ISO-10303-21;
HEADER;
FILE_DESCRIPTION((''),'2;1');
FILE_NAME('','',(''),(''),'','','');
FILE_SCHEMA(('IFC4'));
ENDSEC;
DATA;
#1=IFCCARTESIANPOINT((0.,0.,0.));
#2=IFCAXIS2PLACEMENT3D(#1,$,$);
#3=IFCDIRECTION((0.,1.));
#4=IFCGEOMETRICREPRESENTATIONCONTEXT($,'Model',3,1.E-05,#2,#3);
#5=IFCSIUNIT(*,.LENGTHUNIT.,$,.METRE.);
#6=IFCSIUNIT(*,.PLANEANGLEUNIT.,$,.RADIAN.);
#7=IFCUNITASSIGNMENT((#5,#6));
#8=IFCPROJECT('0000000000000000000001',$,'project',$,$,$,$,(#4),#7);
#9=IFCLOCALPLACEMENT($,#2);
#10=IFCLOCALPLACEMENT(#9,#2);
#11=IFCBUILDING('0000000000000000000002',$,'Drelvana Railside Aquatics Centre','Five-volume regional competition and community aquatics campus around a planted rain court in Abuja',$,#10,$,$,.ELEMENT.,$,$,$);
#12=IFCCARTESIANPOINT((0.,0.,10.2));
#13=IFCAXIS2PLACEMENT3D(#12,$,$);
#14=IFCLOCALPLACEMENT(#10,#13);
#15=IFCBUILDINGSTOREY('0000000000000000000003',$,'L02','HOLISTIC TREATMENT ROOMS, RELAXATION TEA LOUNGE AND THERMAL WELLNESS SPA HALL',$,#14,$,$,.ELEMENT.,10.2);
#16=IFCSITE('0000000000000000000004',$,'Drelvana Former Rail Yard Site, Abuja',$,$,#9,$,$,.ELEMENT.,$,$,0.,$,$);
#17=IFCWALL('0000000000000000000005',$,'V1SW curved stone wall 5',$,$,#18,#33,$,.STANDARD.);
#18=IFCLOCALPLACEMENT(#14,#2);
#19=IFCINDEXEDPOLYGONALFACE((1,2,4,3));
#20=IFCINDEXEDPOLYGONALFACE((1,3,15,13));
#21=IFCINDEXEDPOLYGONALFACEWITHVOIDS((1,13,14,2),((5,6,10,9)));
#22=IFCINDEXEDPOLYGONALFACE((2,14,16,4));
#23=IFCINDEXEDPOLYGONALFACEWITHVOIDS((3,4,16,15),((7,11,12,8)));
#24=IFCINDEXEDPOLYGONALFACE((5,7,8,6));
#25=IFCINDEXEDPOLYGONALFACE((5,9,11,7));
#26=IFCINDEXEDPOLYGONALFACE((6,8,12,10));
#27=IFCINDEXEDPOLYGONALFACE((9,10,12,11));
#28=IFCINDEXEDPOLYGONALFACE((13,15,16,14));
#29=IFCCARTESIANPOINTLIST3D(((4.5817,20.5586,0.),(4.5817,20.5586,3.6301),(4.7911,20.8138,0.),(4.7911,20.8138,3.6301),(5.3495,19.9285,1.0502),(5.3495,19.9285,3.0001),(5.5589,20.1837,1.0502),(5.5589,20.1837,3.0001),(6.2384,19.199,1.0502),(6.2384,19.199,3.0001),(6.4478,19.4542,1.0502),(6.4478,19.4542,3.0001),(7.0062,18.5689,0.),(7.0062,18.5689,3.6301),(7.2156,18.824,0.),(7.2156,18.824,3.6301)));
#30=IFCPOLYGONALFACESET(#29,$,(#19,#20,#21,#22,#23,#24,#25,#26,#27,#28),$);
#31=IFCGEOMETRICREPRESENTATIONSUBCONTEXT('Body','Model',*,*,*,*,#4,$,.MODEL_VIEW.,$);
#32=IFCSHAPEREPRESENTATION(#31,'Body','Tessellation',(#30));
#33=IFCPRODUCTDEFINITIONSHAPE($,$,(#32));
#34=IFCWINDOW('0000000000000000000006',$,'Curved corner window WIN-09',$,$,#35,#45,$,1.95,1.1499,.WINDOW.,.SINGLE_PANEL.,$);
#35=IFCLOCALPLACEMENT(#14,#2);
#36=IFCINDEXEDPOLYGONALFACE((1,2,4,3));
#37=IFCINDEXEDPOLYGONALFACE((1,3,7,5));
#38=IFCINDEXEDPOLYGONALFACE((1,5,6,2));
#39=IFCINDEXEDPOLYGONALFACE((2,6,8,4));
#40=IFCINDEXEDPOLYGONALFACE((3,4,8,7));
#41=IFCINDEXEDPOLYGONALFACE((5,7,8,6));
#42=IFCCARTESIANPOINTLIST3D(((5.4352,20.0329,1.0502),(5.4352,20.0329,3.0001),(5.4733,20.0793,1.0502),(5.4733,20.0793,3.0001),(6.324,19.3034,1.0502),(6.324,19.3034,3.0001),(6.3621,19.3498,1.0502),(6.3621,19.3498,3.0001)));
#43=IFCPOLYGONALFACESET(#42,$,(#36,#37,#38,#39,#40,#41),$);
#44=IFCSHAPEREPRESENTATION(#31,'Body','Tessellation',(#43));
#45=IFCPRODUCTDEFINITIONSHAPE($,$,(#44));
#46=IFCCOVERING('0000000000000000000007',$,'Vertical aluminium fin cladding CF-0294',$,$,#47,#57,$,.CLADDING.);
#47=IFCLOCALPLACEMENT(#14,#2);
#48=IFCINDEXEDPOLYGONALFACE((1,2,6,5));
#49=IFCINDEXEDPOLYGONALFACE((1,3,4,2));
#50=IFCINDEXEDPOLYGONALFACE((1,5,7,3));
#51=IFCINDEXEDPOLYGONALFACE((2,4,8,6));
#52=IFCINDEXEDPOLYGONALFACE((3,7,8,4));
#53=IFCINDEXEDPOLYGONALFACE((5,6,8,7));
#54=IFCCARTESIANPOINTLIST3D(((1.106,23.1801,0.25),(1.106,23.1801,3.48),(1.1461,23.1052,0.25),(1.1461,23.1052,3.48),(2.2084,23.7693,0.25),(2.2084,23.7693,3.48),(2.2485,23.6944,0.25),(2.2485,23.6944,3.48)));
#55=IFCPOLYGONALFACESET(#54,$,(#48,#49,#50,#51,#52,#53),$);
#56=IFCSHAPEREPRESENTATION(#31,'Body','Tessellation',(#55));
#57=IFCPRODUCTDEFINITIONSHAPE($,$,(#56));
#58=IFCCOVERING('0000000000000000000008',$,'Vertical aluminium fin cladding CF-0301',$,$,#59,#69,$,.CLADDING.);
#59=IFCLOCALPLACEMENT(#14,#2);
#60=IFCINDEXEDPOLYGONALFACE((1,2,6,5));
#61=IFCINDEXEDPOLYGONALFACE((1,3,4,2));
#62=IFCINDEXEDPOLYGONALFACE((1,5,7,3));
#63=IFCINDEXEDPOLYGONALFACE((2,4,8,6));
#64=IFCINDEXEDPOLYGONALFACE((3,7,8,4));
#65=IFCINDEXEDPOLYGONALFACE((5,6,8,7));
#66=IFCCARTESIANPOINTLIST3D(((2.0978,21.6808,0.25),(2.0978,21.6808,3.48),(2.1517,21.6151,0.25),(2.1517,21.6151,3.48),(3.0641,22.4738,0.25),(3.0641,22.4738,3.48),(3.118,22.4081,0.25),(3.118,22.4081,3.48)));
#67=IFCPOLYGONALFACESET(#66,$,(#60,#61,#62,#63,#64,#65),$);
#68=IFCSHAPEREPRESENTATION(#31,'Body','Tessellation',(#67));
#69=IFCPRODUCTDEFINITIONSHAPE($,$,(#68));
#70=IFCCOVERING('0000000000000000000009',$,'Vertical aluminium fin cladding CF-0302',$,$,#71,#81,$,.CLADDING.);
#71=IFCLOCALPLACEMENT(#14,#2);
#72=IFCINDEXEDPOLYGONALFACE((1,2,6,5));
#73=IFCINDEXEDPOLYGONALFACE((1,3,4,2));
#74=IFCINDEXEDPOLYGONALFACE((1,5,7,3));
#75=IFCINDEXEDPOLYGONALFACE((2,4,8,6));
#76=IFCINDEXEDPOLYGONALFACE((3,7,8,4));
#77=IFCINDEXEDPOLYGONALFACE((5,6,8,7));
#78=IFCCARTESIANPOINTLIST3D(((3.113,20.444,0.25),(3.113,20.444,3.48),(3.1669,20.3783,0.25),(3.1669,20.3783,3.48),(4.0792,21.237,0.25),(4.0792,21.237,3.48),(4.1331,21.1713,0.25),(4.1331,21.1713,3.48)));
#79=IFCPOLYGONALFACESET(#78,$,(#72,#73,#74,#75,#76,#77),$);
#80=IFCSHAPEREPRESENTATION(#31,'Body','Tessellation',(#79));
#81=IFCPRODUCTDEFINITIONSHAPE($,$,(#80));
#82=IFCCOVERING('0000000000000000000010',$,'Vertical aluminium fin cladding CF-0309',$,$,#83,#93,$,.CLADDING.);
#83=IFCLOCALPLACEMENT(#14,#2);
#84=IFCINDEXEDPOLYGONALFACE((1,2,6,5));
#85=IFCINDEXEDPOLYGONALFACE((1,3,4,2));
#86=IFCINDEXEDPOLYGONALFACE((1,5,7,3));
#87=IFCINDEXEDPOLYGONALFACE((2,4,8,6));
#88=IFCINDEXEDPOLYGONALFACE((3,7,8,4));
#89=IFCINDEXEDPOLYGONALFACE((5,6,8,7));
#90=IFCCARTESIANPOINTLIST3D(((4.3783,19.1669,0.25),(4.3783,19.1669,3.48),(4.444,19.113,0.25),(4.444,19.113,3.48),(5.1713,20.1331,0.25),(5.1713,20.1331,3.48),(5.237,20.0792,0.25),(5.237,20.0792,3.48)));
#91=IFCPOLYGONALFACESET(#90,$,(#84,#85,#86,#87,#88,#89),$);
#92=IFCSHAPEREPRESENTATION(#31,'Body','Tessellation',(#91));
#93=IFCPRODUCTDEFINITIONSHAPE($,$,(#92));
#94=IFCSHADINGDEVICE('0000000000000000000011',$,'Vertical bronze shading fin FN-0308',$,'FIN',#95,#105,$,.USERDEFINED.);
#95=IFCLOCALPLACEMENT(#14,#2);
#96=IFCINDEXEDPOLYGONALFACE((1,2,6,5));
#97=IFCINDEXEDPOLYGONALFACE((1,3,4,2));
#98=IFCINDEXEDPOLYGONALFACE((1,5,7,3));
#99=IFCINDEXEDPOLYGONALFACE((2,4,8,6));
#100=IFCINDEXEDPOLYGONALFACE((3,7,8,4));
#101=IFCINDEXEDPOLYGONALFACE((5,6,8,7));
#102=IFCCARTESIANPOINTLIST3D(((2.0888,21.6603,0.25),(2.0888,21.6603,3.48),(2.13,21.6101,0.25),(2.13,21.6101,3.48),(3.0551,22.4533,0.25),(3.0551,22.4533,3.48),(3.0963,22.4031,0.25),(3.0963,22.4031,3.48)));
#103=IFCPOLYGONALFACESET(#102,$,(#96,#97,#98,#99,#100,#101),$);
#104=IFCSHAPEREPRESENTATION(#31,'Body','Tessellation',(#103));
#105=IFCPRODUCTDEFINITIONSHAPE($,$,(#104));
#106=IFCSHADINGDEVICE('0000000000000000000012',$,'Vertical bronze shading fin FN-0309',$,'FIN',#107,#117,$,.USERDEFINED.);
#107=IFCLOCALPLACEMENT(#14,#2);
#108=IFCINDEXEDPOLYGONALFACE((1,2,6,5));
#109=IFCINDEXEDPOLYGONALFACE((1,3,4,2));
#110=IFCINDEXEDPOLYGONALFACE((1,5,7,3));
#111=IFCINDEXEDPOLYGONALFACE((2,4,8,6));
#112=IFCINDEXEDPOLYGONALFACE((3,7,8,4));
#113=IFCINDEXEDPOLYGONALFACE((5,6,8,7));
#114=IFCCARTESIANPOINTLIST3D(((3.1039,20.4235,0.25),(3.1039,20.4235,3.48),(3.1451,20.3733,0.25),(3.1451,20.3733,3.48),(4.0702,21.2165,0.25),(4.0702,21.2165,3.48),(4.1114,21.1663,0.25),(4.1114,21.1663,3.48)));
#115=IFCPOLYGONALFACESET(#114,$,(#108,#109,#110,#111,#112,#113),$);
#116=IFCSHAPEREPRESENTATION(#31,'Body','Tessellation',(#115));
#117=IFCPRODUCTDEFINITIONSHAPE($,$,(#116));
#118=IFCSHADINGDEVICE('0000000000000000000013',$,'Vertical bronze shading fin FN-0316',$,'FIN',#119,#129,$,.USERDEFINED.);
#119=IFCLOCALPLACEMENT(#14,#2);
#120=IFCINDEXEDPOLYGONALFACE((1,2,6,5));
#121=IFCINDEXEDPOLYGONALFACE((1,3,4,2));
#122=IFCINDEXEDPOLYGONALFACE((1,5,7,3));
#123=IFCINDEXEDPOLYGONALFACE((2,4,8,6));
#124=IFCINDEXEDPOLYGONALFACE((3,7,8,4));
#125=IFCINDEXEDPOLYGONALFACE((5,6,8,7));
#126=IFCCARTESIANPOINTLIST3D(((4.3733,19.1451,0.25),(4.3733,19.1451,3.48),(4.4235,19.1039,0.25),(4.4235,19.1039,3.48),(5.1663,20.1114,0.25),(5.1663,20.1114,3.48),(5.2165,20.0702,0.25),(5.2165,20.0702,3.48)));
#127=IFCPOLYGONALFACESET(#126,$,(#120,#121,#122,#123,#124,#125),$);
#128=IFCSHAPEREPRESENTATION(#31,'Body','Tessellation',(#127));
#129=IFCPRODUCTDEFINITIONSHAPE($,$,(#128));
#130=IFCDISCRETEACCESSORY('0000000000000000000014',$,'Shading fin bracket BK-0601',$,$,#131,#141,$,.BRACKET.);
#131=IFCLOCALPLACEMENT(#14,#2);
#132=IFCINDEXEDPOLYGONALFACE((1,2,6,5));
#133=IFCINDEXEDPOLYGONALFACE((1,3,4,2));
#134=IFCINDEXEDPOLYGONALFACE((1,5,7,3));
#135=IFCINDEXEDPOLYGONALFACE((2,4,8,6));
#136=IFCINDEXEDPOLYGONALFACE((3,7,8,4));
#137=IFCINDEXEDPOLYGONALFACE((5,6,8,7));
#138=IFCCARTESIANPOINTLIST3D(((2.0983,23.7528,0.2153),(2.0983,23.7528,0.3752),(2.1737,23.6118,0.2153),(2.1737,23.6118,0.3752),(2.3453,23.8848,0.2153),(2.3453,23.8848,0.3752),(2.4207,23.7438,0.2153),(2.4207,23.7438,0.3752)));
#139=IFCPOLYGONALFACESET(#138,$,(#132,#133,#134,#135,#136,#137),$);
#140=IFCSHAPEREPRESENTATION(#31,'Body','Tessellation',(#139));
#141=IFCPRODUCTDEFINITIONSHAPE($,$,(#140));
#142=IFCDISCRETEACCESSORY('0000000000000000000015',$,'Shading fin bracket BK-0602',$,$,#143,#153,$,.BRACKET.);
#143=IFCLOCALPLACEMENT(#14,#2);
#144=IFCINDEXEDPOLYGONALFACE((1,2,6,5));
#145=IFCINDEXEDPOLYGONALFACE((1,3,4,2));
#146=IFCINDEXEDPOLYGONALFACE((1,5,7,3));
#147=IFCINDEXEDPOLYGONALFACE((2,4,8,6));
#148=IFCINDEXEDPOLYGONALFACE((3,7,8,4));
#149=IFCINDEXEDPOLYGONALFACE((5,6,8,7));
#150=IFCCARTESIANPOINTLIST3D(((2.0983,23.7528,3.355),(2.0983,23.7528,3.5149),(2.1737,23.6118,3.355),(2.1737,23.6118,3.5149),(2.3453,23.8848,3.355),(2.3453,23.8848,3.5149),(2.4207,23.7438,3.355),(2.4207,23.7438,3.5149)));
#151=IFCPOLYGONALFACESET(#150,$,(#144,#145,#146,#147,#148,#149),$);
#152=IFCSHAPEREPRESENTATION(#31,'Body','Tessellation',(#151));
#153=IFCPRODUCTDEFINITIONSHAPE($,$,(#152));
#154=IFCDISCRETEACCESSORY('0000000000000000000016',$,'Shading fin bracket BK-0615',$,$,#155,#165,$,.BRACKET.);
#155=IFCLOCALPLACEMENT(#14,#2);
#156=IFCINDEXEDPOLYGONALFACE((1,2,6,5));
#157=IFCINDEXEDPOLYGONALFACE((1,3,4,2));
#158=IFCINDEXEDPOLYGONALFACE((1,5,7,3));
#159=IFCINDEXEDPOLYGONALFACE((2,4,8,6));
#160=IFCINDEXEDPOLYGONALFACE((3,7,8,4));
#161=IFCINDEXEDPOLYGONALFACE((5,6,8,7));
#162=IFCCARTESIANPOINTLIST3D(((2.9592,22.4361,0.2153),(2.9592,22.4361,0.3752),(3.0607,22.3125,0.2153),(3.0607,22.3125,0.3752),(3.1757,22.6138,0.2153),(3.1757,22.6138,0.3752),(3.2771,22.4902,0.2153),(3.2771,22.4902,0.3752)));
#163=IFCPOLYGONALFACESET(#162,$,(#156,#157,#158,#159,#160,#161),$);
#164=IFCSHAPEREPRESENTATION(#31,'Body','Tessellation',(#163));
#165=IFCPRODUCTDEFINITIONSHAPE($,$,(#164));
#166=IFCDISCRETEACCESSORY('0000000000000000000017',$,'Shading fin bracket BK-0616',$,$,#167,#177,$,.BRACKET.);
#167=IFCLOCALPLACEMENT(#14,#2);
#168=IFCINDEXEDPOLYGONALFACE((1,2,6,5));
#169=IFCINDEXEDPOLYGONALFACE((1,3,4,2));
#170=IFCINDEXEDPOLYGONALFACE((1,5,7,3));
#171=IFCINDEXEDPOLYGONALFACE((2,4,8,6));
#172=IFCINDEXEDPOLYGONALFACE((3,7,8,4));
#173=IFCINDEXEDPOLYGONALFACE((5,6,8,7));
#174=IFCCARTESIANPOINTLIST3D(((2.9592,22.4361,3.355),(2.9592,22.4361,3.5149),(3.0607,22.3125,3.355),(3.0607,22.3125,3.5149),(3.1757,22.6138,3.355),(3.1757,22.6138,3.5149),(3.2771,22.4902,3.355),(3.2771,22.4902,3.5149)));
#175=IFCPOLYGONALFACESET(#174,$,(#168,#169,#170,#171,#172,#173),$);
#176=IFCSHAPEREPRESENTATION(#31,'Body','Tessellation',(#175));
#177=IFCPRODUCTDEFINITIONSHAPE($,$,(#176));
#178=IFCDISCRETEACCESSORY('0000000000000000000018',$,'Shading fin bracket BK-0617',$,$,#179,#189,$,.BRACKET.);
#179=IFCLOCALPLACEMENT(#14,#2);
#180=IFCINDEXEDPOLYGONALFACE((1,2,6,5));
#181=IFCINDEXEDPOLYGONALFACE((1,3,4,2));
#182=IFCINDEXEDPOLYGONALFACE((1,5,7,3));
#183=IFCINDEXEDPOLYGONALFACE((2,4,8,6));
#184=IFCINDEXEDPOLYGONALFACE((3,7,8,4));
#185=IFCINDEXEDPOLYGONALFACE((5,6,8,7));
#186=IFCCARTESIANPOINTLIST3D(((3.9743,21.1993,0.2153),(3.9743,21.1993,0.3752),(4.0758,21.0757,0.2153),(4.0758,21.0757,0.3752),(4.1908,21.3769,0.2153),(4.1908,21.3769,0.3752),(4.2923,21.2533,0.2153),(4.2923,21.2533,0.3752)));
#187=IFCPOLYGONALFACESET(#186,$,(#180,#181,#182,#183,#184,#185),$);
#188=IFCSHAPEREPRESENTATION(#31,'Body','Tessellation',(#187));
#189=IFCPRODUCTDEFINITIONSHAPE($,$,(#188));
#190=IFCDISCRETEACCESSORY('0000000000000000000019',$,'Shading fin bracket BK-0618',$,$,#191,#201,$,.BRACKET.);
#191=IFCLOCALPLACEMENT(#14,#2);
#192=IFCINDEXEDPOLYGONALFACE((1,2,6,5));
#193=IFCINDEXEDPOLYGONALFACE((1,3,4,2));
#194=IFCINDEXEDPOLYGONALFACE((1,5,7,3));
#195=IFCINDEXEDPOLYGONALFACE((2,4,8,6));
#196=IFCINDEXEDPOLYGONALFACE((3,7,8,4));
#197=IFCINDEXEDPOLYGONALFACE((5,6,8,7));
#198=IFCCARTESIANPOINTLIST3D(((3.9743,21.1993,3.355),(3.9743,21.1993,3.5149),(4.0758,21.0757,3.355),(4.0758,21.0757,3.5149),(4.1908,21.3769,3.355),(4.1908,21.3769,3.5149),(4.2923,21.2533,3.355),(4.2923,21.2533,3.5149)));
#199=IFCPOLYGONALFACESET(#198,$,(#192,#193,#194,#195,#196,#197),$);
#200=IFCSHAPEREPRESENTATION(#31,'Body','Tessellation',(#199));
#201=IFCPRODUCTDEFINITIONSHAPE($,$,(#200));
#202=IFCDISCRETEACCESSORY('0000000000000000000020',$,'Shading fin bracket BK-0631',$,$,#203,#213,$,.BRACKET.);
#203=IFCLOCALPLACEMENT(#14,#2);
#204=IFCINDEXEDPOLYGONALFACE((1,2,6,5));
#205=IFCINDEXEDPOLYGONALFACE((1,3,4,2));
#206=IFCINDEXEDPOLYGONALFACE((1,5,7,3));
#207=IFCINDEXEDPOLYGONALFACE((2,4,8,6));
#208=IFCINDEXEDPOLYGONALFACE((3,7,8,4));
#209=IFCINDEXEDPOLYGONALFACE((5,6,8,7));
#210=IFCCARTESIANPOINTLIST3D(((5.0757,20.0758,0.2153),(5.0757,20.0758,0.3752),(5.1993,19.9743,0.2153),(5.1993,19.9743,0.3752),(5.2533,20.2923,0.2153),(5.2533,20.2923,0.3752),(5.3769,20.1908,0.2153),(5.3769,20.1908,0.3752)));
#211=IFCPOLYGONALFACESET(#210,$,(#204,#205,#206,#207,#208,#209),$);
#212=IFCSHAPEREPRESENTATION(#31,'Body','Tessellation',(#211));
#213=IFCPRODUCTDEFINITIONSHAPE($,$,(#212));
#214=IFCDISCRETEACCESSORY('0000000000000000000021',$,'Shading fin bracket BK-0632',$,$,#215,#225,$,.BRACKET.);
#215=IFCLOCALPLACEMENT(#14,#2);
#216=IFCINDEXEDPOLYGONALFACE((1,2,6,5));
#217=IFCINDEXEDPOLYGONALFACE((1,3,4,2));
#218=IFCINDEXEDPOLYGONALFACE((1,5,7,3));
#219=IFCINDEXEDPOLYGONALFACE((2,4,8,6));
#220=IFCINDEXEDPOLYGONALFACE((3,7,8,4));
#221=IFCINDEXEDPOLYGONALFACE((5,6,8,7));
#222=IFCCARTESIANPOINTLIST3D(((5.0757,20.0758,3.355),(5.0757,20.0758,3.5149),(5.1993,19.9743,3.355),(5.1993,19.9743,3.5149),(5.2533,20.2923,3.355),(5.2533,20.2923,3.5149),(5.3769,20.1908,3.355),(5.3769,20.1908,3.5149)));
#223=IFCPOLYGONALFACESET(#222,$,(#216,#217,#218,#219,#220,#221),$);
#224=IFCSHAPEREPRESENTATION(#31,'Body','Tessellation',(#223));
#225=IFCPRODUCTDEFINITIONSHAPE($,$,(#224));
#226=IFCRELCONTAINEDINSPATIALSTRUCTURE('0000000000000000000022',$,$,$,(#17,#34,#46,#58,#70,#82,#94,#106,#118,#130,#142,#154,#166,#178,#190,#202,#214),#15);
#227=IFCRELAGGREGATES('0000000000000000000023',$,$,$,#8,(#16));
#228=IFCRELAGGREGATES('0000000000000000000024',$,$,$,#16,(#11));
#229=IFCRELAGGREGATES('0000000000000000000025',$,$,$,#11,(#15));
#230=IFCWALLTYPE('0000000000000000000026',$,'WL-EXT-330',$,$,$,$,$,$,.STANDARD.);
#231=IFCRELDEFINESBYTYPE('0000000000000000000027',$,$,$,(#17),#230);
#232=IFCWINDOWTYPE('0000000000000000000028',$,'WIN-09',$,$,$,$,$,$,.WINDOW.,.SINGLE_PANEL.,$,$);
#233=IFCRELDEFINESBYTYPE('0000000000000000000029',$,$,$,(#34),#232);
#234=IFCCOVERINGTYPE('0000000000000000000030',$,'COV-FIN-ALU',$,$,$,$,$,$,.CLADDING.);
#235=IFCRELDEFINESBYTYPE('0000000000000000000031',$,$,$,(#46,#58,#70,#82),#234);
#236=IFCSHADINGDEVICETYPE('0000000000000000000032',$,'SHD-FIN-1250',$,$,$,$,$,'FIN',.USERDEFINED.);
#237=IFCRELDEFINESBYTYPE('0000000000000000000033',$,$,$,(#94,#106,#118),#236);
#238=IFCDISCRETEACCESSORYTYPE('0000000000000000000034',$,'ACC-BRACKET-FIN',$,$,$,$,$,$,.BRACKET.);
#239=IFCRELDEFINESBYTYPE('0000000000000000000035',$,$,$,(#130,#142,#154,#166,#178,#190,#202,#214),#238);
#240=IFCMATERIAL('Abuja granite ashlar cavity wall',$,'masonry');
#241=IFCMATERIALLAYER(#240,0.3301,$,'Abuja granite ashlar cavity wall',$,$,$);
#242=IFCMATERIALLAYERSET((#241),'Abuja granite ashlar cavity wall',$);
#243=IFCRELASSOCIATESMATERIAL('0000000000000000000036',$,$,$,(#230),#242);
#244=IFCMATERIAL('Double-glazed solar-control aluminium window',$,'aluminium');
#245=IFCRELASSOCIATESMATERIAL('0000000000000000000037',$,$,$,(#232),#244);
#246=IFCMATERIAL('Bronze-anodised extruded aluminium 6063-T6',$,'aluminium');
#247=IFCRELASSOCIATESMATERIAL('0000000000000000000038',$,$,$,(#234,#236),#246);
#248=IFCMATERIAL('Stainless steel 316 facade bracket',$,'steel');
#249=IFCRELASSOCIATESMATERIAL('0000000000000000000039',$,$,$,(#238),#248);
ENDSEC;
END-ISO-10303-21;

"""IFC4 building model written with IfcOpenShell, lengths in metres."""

from ifc_helpers import new_model, si_unit, direction, frame, frame_2d, origin, origin_2d, place, context, subcontext, project, spatial, rectangle, extrude, material, layer, layer_set, type_object, element, fill, save


model = new_model("IFC4")

# Units and contexts
model_context = context("Model", 3, precision=1e-05, world=origin(), true_north=direction((0.0, 1.0)))
body_context = subcontext(model_context, "Body", "Model", "MODEL_VIEW")
ifc_project = project(units=[si_unit("LENGTHUNIT", "METRE"), si_unit("PLANEANGLEUNIT", "RADIAN")], contexts=[model_context])

# Site, building, storey
site_placement = place(None, origin())
site = spatial("IfcSite", under=ifc_project, at=site_placement, Name="Drelvana Former Rail Yard Site, Abuja", CompositionType="ELEMENT", RefElevation=0.0)
building_placement = place(site_placement, origin())
building = spatial("IfcBuilding", under=site, at=building_placement, Name="Drelvana Railside Aquatics Centre", Description="Five-volume regional competition and community aquatics campus around a planted rain court in Abuja", CompositionType="ELEMENT")
storey_placement = place(building_placement, frame((0.0, 0.0, 10.2)))
storey = spatial("IfcBuildingStorey", under=building, at=storey_placement, Name="L02", Description="HOLISTIC TREATMENT ROOMS, RELAXATION TEA LOUNGE AND THERMAL WELLNESS SPA HALL", CompositionType="ELEMENT", Elevation=10.2)

# Shared definitions
ifc_material_1 = material(Name="Abuja granite ashlar cavity wall", Category="masonry")
ifc_layer = layer(ifc_material_1, 0.3301, Name="Abuja granite ashlar cavity wall")
ifc_layer_set = layer_set([ifc_layer], Name="Abuja granite ashlar cavity wall")
wall_type = type_object("IfcWallType", Name="WL-EXT-330", PredefinedType="STANDARD", material=ifc_layer_set)

# Wall, opening, window
wall_1_placement = place(storey_placement, frame((4.6863, 20.6863, 0.0), z_axis=(0.0, 0.0, 1.0), x_axis=(0.773017, -0.634386, 0.0)))
wall_1 = element("IfcWall", 1, at=wall_1_placement, inside=storey, type_object=wall_type, Name="V1SW curved stone wall 5", PredefinedType="STANDARD", context=body_context, shape_type="SweptSolid", body=[
    extrude(rectangle(XDim=3.1365, YDim=0.3301, at=frame_2d((1.5684, 0.0))), origin(), (0.0, 0.0, 1.0), 3.6301),
])
opening_placement = place(wall_1_placement, frame((0.9934, 0.0, 1.05)))
opening = element("IfcOpeningElement", 2, at=opening_placement, cuts=wall_1, PredefinedType="OPENING", context=body_context, shape_type="SweptSolid", body=[
    extrude(rectangle(XDim=1.1499, YDim=1.95, at=frame_2d((0.575, 0.9751))), frame((0.0, 0.175, 0.0), z_axis=(0.0, -1.0, 0.0), x_axis=(1.0, 0.0, 0.0)), (0.0, 0.0, 1.0), 0.3501),
])
ifc_material_2 = material(Name="Double-glazed solar-control aluminium window", Category="aluminium")
window_type = type_object("IfcWindowType", Name="WIN-09", PartitioningType="SINGLE_PANEL", PredefinedType="WINDOW", material=ifc_material_2)
window_placement = place(opening_placement, origin())
window = element("IfcWindow", 3, at=window_placement, inside=storey, type_object=window_type, Name="Curved corner window WIN-09", OverallHeight=1.95, OverallWidth=1.1499, PartitioningType="SINGLE_PANEL", PredefinedType="WINDOW", context=body_context, shape_type="SweptSolid", body=[
    extrude(rectangle(XDim=1.1499, YDim=1.95, at=frame_2d((0.575, 0.9751))), frame((0.0, 0.03, 0.0), z_axis=(0.0, -1.0, 0.0), x_axis=(1.0, 0.0, 0.0)), (0.0, 0.0, 1.0), 0.0601),
])
fill(opening, window)

# Coverings
ifc_material_3 = material(Name="Bronze-anodised extruded aluminium 6063-T6", Category="aluminium")
covering_type = type_object("IfcCoveringType", Name="COV-FIN-ALU", PredefinedType="CLADDING", material=ifc_material_3)
for number, where, z_axis, x_axis, name in (
    (4, (1.6772, 23.4373, 0.25), (0.0, 0.0, 1.0), (-0.471397, 0.881921, 0.0), "Vertical aluminium fin cladding CF-0294"),
    (5, (2.6079, 22.0444, 0.25), (0.0, 0.0, 1.0), (-0.634393, 0.77301, 0.0), "Vertical aluminium fin cladding CF-0301"),
    (6, (3.623, 20.8076, 0.25), (0.0, 0.0, 1.0), (-0.634393, 0.77301, 0.0), "Vertical aluminium fin cladding CF-0302"),
    (7, (4.8076, 19.623, 0.25), (0.0, 0.0, 1.0), (-0.77301, 0.634393, 0.0), "Vertical aluminium fin cladding CF-0309"),
):
    element("IfcCovering", number, at=place(storey_placement, frame(where, z_axis=z_axis, x_axis=x_axis)), inside=storey, type_object=covering_type, Name=name, PredefinedType="CLADDING", context=body_context, shape_type="SweptSolid", body=[
        extrude(rectangle(XDim=0.085, YDim=1.25, at=origin_2d()), origin(), (0.0, 0.0, 1.0), 3.23),
    ])

# Shading devices
shading_device_type = type_object("IfcShadingDeviceType", Name="SHD-FIN-1250", ElementType="FIN", PredefinedType="USERDEFINED", material=ifc_material_3)
for number, where, z_axis, x_axis, name in (
    (8, (2.5925, 22.0317, 0.25), (0.0, 0.0, 1.0), (-0.77301, -0.634393, 0.0), "Vertical bronze shading fin FN-0308"),
    (9, (3.6077, 20.7949, 0.25), (0.0, 0.0, 1.0), (-0.77301, -0.634393, 0.0), "Vertical bronze shading fin FN-0309"),
    (10, (4.7949, 19.6077, 0.25), (0.0, 0.0, 1.0), (-0.634393, -0.77301, 0.0), "Vertical bronze shading fin FN-0316"),
):
    element("IfcShadingDevice", number, at=place(storey_placement, frame(where, z_axis=z_axis, x_axis=x_axis)), inside=storey, type_object=shading_device_type, Name=name, ObjectType="FIN", PredefinedType="USERDEFINED", context=body_context, shape_type="SweptSolid", body=[
        extrude(rectangle(XDim=1.25, YDim=0.0649, at=origin_2d()), origin(), (0.0, 0.0, 1.0), 3.23),
    ])

# Discrete accessories
ifc_material_4 = material(Name="Stainless steel 316 facade bracket", Category="steel")
discrete_accessory_type = type_object("IfcDiscreteAccessoryType", Name="ACC-BRACKET-FIN", PredefinedType="BRACKET", material=ifc_material_4)
for number, where, z_axis, x_axis, name in (
    (11, (2.2595, 23.7483, 0.2153), (0.0, 0.0, 1.0), (-0.881921, -0.471397, 0.0), "Shading fin bracket BK-0601"),
    (12, (2.2595, 23.7483, 3.355), (0.0, 0.0, 1.0), (-0.881921, -0.471397, 0.0), "Shading fin bracket BK-0602"),
    (13, (3.1182, 22.4631, 0.2153), (0.0, 0.0, 1.0), (-0.77301, -0.634393, 0.0), "Shading fin bracket BK-0615"),
    (14, (3.1182, 22.4631, 3.355), (0.0, 0.0, 1.0), (-0.77301, -0.634393, 0.0), "Shading fin bracket BK-0616"),
    (15, (4.1333, 21.2263, 0.2153), (0.0, 0.0, 1.0), (-0.77301, -0.634393, 0.0), "Shading fin bracket BK-0617"),
    (16, (4.1333, 21.2263, 3.355), (0.0, 0.0, 1.0), (-0.77301, -0.634393, 0.0), "Shading fin bracket BK-0618"),
    (17, (5.2263, 20.1333, 0.2153), (0.0, 0.0, 1.0), (-0.634393, -0.77301, 0.0), "Shading fin bracket BK-0631"),
    (18, (5.2263, 20.1333, 3.355), (0.0, 0.0, 1.0), (-0.634393, -0.77301, 0.0), "Shading fin bracket BK-0632"),
):
    element("IfcDiscreteAccessory", number, at=place(storey_placement, frame(where, z_axis=z_axis, x_axis=x_axis)), inside=storey, type_object=discrete_accessory_type, Name=name, PredefinedType="BRACKET", context=body_context, shape_type="SweptSolid", body=[
        extrude(rectangle(XDim=0.28, YDim=0.1599, at=origin_2d()), origin(), (0.0, 0.0, 1.0), 0.1599),
    ])

save(model, "model.ifc")
